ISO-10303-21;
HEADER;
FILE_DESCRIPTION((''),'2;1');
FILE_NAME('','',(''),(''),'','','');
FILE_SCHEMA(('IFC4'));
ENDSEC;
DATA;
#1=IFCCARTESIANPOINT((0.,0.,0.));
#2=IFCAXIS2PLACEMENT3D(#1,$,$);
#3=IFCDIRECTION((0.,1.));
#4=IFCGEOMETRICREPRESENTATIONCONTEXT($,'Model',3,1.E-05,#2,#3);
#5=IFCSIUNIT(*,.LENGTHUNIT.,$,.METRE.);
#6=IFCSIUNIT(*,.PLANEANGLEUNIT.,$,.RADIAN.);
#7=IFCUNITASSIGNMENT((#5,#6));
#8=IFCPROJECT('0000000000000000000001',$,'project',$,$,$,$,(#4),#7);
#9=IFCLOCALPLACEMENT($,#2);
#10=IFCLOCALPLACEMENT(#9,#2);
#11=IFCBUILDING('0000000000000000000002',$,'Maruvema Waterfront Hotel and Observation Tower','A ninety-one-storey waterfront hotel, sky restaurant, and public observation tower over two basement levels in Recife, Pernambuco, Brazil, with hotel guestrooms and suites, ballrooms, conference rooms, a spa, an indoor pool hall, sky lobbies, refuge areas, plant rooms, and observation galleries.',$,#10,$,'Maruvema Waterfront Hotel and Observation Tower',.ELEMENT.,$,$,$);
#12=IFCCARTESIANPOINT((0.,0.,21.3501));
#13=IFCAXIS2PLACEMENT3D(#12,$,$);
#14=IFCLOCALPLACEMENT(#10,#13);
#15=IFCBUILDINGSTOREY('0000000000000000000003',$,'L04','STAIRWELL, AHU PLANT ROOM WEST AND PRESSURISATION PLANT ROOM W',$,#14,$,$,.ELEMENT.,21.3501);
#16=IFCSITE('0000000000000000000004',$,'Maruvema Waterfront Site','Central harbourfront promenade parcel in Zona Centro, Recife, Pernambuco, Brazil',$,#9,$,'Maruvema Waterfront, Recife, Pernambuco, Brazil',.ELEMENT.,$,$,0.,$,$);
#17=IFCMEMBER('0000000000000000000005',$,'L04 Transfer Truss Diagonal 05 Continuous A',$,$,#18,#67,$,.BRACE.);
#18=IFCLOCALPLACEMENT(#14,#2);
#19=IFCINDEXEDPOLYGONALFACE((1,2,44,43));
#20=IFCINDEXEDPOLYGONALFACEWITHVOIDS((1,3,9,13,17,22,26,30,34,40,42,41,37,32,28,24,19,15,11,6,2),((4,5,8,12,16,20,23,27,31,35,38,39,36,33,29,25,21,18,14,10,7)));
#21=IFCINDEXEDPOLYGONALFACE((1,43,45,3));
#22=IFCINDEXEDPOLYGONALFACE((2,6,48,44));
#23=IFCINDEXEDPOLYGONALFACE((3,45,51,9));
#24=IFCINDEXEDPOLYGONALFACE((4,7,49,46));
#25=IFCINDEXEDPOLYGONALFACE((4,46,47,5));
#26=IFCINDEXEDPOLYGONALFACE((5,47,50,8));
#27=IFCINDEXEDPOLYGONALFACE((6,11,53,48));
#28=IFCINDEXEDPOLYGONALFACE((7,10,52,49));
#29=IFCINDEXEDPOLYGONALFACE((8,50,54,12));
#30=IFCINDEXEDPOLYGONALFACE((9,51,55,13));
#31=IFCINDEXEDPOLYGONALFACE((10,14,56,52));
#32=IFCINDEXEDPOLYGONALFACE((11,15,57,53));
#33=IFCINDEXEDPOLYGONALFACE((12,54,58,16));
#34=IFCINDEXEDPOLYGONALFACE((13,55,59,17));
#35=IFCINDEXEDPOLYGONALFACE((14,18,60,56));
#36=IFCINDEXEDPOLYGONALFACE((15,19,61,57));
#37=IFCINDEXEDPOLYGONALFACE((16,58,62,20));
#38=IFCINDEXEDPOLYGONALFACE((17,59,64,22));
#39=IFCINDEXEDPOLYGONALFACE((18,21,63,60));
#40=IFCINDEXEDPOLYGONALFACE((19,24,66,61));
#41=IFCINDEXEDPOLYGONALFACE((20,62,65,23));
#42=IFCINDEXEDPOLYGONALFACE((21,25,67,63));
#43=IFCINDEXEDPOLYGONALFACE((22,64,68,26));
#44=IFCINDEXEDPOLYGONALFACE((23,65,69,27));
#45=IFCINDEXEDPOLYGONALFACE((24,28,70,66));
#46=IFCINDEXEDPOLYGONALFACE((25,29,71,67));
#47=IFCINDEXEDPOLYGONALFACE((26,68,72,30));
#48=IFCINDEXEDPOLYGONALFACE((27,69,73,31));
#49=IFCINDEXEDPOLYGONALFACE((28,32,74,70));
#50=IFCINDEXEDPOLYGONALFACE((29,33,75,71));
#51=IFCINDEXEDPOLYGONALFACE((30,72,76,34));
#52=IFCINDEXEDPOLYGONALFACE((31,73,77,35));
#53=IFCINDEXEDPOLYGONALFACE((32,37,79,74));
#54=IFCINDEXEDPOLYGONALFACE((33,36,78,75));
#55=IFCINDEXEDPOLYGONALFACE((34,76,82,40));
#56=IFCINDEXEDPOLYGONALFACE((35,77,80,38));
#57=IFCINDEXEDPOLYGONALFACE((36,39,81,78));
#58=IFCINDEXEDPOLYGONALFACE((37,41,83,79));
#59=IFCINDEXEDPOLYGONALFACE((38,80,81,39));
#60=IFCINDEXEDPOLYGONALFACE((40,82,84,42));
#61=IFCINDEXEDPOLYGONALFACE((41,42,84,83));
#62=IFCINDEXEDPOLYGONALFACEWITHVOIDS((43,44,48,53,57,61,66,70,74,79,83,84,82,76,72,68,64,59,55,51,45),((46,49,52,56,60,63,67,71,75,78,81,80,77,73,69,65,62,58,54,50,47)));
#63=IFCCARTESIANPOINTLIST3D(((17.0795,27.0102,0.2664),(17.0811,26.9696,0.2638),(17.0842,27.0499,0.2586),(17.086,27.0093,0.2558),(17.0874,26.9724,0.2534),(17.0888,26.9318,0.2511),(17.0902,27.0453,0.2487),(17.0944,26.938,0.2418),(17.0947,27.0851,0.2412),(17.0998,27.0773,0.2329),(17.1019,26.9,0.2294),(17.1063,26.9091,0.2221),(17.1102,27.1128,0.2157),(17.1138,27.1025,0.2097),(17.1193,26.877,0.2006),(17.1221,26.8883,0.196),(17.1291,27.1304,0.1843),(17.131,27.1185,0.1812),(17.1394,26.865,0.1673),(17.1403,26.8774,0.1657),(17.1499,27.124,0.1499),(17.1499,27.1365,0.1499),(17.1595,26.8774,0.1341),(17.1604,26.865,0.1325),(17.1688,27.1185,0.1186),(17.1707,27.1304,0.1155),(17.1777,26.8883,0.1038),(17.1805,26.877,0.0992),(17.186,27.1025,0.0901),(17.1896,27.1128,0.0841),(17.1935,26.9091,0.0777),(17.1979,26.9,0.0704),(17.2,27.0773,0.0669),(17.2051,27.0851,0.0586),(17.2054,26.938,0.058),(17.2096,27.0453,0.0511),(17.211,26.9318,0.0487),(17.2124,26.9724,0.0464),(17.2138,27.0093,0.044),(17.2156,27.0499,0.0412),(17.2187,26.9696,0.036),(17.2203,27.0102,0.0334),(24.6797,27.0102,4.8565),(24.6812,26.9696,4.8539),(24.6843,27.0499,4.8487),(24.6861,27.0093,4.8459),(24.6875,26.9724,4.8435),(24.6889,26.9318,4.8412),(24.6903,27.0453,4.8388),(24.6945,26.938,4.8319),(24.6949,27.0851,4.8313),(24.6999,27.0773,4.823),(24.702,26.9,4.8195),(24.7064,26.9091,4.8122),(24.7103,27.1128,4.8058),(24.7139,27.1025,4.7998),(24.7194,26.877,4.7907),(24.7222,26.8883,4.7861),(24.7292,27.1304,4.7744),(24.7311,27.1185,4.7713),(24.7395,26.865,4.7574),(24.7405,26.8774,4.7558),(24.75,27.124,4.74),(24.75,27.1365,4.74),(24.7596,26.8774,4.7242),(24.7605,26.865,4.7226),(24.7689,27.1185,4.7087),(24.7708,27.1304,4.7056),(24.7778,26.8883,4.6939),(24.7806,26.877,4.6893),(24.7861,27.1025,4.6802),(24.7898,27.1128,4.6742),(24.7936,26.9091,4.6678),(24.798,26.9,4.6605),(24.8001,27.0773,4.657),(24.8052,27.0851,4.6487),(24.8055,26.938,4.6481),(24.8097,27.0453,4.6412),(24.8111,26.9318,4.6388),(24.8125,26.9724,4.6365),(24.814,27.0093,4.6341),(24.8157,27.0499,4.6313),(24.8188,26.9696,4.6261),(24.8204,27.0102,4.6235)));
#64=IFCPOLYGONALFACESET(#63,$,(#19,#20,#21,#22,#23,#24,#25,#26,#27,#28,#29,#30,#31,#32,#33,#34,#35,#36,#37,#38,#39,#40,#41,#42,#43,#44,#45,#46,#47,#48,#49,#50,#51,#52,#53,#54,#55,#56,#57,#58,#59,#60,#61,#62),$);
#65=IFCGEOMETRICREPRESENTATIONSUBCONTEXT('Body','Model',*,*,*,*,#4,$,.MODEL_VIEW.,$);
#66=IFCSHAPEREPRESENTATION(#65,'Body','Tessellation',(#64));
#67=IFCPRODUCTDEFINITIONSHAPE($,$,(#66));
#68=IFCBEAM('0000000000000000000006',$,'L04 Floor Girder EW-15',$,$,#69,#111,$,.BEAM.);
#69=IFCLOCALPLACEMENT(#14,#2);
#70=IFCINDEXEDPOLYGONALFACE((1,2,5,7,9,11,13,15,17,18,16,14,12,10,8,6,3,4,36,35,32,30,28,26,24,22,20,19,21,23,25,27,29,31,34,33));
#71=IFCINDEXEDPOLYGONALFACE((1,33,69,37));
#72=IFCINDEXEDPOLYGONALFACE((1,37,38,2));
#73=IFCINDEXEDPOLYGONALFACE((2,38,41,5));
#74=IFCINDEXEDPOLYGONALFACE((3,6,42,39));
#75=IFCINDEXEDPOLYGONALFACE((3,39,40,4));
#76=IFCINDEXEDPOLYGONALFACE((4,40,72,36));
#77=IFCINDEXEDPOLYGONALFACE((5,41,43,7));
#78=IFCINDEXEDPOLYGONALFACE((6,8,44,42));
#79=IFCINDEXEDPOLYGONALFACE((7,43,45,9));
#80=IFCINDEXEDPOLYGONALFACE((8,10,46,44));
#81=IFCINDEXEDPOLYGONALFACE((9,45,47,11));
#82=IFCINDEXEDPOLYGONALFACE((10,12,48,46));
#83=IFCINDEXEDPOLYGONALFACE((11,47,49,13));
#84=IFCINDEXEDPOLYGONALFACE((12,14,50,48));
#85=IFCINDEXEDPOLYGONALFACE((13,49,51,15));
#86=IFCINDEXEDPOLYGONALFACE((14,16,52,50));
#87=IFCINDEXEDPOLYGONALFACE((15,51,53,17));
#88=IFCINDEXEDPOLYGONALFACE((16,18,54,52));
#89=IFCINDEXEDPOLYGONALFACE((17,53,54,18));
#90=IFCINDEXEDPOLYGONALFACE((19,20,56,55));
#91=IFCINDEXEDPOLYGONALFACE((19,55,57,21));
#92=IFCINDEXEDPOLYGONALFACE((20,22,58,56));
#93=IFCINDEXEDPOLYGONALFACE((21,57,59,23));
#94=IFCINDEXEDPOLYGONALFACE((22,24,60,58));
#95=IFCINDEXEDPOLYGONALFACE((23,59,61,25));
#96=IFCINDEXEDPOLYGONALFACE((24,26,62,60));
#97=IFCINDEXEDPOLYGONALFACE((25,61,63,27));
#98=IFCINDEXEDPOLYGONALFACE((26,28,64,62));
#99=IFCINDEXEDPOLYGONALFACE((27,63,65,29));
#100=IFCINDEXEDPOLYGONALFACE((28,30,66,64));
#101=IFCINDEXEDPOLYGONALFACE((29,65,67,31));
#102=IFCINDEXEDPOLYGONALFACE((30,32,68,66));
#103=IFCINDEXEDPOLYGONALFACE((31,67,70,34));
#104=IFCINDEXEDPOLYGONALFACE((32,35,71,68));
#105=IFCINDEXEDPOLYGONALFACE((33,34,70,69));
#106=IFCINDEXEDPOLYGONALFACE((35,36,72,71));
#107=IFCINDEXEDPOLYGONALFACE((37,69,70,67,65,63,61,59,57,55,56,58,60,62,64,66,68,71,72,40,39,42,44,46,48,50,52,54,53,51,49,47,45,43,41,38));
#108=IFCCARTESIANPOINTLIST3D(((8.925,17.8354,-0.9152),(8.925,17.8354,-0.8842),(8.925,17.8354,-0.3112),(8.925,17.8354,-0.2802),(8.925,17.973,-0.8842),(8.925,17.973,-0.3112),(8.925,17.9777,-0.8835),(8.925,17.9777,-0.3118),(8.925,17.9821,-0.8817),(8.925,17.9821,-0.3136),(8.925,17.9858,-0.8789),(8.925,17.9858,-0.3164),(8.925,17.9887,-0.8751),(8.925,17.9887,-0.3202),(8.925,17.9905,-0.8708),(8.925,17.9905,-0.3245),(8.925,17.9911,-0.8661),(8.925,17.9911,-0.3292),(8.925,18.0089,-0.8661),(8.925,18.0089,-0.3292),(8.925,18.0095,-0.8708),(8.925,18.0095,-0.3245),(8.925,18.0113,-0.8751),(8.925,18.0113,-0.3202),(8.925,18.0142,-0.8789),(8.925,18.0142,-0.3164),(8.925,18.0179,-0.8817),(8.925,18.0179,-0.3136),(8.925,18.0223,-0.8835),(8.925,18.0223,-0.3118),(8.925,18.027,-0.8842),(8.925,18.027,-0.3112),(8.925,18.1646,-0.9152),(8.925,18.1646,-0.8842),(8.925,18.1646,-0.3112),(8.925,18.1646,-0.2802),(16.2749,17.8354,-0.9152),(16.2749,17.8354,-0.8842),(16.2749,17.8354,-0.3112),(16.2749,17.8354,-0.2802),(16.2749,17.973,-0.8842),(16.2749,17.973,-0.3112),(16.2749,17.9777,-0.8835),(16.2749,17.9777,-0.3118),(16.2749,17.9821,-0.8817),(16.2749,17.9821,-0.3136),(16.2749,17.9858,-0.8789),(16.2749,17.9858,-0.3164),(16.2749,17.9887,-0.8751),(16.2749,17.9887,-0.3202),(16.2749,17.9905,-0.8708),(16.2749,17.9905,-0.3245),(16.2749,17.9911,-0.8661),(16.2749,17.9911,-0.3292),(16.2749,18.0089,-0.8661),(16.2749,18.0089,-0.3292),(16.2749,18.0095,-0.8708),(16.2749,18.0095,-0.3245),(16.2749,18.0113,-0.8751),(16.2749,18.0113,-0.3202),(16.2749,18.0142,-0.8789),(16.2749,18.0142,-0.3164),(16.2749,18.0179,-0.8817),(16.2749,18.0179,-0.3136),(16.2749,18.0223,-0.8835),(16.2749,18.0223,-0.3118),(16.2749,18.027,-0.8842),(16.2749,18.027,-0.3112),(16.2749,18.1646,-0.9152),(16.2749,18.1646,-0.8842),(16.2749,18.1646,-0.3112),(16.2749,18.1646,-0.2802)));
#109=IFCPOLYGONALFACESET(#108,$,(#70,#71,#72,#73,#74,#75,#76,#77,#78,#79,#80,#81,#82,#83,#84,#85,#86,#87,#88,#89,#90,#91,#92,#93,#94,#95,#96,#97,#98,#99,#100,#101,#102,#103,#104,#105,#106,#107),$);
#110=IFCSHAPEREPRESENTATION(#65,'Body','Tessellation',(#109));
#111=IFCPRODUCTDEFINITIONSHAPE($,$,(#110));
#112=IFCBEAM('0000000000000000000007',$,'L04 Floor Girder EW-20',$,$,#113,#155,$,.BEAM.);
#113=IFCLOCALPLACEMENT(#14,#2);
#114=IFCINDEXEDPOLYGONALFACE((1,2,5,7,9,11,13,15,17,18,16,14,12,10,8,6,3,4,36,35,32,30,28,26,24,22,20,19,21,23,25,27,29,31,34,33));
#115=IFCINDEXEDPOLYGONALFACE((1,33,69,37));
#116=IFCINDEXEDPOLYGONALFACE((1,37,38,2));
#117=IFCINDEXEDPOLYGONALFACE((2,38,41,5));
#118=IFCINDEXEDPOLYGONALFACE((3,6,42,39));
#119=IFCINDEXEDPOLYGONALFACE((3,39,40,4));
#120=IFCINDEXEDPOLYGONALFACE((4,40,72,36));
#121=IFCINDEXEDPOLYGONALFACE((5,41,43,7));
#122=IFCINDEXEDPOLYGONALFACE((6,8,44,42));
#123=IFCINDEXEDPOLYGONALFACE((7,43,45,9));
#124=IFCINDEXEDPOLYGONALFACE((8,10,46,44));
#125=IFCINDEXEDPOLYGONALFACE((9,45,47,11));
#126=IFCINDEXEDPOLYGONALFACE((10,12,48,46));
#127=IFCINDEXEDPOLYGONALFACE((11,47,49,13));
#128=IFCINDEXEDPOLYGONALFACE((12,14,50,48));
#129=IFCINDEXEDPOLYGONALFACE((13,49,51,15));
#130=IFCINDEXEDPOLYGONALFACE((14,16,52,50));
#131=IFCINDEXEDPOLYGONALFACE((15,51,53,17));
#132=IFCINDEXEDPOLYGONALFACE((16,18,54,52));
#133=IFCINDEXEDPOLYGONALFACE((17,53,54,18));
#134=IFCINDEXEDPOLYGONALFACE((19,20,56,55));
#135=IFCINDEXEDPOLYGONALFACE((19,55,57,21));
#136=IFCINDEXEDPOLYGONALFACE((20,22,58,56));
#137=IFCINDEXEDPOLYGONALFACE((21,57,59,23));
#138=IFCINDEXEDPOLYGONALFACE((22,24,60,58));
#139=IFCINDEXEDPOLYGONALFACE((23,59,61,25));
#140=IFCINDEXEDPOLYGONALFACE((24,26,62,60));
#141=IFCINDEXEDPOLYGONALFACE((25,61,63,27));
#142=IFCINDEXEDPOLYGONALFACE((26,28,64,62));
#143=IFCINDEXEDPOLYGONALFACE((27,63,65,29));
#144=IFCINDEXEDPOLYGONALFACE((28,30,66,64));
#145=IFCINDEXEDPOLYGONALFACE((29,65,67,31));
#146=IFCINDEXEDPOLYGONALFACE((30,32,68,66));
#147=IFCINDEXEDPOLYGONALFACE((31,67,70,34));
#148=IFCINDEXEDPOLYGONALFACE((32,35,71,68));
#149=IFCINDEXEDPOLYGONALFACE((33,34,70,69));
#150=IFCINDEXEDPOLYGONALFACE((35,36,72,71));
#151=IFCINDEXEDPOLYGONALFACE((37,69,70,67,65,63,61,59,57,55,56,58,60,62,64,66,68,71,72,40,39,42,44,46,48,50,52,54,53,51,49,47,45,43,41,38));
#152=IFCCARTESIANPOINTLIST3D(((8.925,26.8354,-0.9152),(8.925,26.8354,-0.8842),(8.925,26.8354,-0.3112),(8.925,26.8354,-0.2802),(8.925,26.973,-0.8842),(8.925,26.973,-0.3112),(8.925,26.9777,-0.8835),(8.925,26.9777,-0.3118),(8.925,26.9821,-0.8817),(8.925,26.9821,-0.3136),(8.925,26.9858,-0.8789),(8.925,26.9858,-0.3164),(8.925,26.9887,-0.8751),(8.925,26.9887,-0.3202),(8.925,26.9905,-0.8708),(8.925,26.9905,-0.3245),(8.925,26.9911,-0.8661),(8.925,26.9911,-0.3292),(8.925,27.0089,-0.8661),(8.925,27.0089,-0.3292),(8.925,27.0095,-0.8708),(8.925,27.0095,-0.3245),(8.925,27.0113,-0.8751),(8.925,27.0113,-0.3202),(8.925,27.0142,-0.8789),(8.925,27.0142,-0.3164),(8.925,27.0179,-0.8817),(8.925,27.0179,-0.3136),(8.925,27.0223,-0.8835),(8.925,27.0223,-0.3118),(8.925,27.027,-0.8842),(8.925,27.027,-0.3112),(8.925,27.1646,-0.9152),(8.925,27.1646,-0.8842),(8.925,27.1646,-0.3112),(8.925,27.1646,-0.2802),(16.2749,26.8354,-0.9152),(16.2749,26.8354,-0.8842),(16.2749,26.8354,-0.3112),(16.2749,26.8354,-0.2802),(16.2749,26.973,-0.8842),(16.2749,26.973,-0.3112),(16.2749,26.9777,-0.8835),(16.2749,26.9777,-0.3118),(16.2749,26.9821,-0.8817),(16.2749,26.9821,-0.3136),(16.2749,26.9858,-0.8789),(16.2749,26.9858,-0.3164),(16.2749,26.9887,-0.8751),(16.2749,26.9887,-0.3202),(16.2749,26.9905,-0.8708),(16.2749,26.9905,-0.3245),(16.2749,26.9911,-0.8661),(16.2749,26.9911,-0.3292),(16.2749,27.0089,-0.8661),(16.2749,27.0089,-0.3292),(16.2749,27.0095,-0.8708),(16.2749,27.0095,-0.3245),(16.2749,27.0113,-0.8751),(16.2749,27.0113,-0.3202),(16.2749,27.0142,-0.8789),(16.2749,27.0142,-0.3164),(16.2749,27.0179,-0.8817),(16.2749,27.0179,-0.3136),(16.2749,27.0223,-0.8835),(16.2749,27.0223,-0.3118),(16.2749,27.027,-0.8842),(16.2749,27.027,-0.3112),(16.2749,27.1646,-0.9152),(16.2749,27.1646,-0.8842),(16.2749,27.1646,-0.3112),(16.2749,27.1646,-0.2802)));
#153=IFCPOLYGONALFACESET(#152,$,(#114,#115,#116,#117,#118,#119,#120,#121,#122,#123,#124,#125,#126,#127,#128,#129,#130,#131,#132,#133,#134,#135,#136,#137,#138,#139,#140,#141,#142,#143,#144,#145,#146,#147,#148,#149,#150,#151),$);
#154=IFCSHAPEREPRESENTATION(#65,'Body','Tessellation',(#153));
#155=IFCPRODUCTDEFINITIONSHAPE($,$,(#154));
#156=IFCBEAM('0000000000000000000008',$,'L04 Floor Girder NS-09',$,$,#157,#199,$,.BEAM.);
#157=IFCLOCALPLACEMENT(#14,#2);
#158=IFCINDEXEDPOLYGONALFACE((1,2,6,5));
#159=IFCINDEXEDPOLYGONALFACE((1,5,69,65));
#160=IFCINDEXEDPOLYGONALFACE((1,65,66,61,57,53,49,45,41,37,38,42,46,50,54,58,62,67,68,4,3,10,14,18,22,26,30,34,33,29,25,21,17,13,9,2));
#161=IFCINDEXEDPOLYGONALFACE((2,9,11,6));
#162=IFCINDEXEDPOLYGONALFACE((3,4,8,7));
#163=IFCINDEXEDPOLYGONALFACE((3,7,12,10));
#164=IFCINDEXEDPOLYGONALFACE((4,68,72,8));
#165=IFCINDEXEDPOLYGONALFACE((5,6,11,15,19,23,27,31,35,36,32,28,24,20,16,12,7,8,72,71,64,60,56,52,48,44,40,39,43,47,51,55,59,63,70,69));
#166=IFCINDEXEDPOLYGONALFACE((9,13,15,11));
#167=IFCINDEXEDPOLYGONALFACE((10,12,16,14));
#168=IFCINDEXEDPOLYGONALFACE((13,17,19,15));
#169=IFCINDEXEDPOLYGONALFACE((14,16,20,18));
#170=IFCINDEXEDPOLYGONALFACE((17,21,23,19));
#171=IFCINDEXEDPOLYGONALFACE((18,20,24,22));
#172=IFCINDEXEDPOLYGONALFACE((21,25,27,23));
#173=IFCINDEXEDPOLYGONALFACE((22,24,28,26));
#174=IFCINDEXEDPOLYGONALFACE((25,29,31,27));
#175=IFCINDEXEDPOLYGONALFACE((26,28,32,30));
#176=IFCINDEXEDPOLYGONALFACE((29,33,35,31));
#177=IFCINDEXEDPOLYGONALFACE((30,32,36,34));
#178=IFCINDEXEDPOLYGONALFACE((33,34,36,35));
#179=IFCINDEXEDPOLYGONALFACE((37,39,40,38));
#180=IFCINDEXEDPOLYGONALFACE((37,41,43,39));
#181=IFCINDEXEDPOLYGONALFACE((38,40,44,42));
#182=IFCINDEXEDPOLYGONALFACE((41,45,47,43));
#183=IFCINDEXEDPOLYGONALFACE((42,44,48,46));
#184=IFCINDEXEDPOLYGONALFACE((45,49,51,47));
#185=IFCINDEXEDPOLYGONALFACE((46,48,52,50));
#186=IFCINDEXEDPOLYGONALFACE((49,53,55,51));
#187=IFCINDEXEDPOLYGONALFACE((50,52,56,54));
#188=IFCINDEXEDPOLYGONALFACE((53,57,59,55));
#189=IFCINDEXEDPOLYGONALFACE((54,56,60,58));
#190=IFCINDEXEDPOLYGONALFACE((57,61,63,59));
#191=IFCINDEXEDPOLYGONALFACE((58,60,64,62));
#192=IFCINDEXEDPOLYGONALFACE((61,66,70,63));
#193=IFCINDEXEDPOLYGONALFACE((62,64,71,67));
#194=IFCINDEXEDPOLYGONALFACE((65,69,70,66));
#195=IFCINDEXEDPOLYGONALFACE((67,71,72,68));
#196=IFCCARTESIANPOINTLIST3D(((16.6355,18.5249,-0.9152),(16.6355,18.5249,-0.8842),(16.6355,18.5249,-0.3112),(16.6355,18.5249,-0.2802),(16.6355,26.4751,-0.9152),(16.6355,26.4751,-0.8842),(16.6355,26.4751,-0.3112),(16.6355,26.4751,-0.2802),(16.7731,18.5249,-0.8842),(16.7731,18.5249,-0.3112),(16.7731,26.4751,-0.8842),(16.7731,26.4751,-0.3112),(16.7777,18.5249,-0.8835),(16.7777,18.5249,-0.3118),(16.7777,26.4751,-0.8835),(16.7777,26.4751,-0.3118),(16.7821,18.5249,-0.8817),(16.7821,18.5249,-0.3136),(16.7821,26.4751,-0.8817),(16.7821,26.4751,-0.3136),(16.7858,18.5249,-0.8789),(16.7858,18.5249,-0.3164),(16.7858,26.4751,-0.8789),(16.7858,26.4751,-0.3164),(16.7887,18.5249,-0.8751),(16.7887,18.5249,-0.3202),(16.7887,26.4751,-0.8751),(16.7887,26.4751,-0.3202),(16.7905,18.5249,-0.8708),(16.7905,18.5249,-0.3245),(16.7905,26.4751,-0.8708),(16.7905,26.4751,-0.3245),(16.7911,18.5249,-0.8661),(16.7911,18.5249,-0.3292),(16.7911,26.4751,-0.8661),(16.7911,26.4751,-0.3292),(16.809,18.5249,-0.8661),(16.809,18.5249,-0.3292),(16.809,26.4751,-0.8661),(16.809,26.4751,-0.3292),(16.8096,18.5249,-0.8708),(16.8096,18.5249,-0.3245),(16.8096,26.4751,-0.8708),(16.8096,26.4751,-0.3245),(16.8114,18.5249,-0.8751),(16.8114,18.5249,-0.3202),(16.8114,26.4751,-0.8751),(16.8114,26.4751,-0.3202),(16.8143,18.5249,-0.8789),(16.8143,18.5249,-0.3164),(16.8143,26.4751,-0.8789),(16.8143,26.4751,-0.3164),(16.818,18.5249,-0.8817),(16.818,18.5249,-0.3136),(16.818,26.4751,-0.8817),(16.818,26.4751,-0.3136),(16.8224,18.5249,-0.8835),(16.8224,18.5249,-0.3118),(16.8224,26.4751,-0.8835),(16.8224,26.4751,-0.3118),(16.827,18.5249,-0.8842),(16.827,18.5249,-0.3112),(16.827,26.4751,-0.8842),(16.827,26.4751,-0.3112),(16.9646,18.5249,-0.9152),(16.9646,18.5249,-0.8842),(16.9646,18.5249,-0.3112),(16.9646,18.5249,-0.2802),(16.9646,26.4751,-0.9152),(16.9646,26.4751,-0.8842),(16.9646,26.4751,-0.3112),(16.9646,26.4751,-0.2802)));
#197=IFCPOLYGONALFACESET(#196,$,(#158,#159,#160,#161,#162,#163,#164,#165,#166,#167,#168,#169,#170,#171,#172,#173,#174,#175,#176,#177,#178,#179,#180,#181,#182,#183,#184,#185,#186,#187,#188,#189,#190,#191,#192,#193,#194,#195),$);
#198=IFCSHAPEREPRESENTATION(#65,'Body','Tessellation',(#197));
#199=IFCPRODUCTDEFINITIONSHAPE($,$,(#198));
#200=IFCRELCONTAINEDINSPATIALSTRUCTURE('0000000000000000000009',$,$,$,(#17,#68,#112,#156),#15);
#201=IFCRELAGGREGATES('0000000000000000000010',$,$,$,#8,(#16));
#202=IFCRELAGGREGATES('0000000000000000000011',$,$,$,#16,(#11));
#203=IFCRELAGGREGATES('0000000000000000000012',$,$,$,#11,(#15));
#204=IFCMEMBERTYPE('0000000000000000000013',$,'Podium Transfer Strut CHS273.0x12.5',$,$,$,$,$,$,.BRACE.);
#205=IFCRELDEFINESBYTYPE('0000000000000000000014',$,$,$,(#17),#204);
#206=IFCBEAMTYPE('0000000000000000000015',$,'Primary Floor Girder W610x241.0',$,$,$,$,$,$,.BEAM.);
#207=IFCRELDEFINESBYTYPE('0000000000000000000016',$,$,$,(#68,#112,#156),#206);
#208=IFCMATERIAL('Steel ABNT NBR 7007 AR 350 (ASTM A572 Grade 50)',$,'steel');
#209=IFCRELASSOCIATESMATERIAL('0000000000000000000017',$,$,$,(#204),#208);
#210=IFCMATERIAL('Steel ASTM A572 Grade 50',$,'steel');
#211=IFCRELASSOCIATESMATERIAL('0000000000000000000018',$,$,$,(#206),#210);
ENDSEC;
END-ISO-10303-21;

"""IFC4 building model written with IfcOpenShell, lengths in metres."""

from ifc_helpers import new_model, si_unit, direction, frame, origin, origin_2d, place, context, subcontext, project, spatial, hollow_circle, i_section, extrude, material, material_profile, profile_set, type_object, element, save


model = new_model("IFC4")

# Units and contexts
model_context = context("Model", 3, precision=1e-05, world=origin(), true_north=direction((0.0, 1.0)))
body_context = subcontext(model_context, "Body", "Model", "MODEL_VIEW")
ifc_project = project(units=[si_unit("LENGTHUNIT", "METRE"), si_unit("PLANEANGLEUNIT", "RADIAN")], contexts=[model_context])

# Site, building, storey
site_placement = place(None, origin())
site = spatial("IfcSite", under=ifc_project, at=site_placement, Name="Maruvema Waterfront Site", Description="Central harbourfront promenade parcel in Zona Centro, Recife, Pernambuco, Brazil", LongName="Maruvema Waterfront, Recife, Pernambuco, Brazil", CompositionType="ELEMENT", RefElevation=0.0)
building_placement = place(site_placement, origin())
building = spatial("IfcBuilding", under=site, at=building_placement, Name="Maruvema Waterfront Hotel and Observation Tower", Description="A ninety-one-storey waterfront hotel, sky restaurant, and public observation tower over two basement levels in Recife, Pernambuco, Brazil, with hotel guestrooms and suites, ballrooms, conference rooms, a spa, an indoor pool hall, sky lobbies, refuge areas, plant rooms, and observation galleries.", LongName="Maruvema Waterfront Hotel and Observation Tower", CompositionType="ELEMENT")
storey_placement = place(building_placement, frame((0.0, 0.0, 21.3501)))
storey = spatial("IfcBuildingStorey", under=building, at=storey_placement, Name="L04", Description="STAIRWELL, AHU PLANT ROOM WEST AND PRESSURISATION PLANT ROOM W", CompositionType="ELEMENT", Elevation=21.3501)

# Member
ifc_material_1 = material(Name="Steel ABNT NBR 7007 AR 350 (ASTM A572 Grade 50)", Category="steel")
ifc_material_profile_1 = material_profile(ifc_material_1, hollow_circle(Radius=0.1365, WallThickness=0.0125, at=origin_2d()), Name="CHS273.0x12.5")
ifc_profile_set_1 = profile_set([ifc_material_profile_1], Name="Steel ABNT NBR 7007 AR 350 (ASTM A572 Grade 50)")
member_type = type_object("IfcMemberType", Name="Podium Transfer Strut CHS273.0x12.5", PredefinedType="BRACE", material=ifc_profile_set_1)
for number, where, z_axis, x_axis, name in (
    (1, (17.1499, 27.0, 0.1499), (0.855997, 0.0, 0.51698), (0.0, 1.0, 0.0), "L04 Transfer Truss Diagonal 05 Continuous A"),
):
    element("IfcMember", number, at=place(storey_placement, frame(where, z_axis=z_axis, x_axis=x_axis)), inside=storey, type_object=member_type, Name=name, PredefinedType="BRACE", context=body_context, shape_type="SweptSolid", body=[
        extrude(hollow_circle(Radius=0.1365, WallThickness=0.0125, at=origin_2d()), origin(), (0.0, 0.0, 1.0), 8.8787),
    ])

# Beams
ifc_material_2 = material(Name="Steel ASTM A572 Grade 50", Category="steel")
ifc_material_profile_2 = material_profile(ifc_material_2, i_section(OverallWidth=0.3291, OverallDepth=0.635, WebThickness=0.0178, FlangeThickness=0.031, FilletRadius=0.0181, at=origin_2d()), Name="W610x241.0")
ifc_profile_set_2 = profile_set([ifc_material_profile_2], Name="Steel ASTM A572 Grade 50")
beam_type_1 = type_object("IfcBeamType", Name="Primary Floor Girder W610x241.0", PredefinedType="BEAM", material=ifc_profile_set_2)
for number, where, z_axis, x_axis, name in (
    (2, (8.925, 18.0, -0.5977), (1.0, 0.0, 0.0), (0.0, 1.0, 0.0), "L04 Floor Girder EW-15"),
    (3, (8.925, 27.0, -0.5977), (1.0, 0.0, 0.0), (0.0, 1.0, 0.0), "L04 Floor Girder EW-20"),
):
    element("IfcBeam", number, at=place(storey_placement, frame(where, z_axis=z_axis, x_axis=x_axis)), inside=storey, type_object=beam_type_1, Name=name, PredefinedType="BEAM", context=body_context, shape_type="SweptSolid", body=[
        extrude(i_section(OverallWidth=0.3291, OverallDepth=0.635, WebThickness=0.0178, FlangeThickness=0.031, FilletRadius=0.0181, at=origin_2d()), origin(), (0.0, 0.0, 1.0), 7.3499),
    ])
for number, where, z_axis, x_axis, name in (
    (4, (16.8, 18.5249, -0.5977), (0.0, 1.0, 0.0), (-1.0, 0.0, 0.0), "L04 Floor Girder NS-09"),
):
    element("IfcBeam", number, at=place(storey_placement, frame(where, z_axis=z_axis, x_axis=x_axis)), inside=storey, type_object=beam_type_1, Name=name, PredefinedType="BEAM", context=body_context, shape_type="SweptSolid", body=[
        extrude(i_section(OverallWidth=0.3291, OverallDepth=0.635, WebThickness=0.0178, FlangeThickness=0.031, FilletRadius=0.0181, at=origin_2d()), origin(), (0.0, 0.0, 1.0), 7.9502),
    ])

save(model, "model.ifc")
